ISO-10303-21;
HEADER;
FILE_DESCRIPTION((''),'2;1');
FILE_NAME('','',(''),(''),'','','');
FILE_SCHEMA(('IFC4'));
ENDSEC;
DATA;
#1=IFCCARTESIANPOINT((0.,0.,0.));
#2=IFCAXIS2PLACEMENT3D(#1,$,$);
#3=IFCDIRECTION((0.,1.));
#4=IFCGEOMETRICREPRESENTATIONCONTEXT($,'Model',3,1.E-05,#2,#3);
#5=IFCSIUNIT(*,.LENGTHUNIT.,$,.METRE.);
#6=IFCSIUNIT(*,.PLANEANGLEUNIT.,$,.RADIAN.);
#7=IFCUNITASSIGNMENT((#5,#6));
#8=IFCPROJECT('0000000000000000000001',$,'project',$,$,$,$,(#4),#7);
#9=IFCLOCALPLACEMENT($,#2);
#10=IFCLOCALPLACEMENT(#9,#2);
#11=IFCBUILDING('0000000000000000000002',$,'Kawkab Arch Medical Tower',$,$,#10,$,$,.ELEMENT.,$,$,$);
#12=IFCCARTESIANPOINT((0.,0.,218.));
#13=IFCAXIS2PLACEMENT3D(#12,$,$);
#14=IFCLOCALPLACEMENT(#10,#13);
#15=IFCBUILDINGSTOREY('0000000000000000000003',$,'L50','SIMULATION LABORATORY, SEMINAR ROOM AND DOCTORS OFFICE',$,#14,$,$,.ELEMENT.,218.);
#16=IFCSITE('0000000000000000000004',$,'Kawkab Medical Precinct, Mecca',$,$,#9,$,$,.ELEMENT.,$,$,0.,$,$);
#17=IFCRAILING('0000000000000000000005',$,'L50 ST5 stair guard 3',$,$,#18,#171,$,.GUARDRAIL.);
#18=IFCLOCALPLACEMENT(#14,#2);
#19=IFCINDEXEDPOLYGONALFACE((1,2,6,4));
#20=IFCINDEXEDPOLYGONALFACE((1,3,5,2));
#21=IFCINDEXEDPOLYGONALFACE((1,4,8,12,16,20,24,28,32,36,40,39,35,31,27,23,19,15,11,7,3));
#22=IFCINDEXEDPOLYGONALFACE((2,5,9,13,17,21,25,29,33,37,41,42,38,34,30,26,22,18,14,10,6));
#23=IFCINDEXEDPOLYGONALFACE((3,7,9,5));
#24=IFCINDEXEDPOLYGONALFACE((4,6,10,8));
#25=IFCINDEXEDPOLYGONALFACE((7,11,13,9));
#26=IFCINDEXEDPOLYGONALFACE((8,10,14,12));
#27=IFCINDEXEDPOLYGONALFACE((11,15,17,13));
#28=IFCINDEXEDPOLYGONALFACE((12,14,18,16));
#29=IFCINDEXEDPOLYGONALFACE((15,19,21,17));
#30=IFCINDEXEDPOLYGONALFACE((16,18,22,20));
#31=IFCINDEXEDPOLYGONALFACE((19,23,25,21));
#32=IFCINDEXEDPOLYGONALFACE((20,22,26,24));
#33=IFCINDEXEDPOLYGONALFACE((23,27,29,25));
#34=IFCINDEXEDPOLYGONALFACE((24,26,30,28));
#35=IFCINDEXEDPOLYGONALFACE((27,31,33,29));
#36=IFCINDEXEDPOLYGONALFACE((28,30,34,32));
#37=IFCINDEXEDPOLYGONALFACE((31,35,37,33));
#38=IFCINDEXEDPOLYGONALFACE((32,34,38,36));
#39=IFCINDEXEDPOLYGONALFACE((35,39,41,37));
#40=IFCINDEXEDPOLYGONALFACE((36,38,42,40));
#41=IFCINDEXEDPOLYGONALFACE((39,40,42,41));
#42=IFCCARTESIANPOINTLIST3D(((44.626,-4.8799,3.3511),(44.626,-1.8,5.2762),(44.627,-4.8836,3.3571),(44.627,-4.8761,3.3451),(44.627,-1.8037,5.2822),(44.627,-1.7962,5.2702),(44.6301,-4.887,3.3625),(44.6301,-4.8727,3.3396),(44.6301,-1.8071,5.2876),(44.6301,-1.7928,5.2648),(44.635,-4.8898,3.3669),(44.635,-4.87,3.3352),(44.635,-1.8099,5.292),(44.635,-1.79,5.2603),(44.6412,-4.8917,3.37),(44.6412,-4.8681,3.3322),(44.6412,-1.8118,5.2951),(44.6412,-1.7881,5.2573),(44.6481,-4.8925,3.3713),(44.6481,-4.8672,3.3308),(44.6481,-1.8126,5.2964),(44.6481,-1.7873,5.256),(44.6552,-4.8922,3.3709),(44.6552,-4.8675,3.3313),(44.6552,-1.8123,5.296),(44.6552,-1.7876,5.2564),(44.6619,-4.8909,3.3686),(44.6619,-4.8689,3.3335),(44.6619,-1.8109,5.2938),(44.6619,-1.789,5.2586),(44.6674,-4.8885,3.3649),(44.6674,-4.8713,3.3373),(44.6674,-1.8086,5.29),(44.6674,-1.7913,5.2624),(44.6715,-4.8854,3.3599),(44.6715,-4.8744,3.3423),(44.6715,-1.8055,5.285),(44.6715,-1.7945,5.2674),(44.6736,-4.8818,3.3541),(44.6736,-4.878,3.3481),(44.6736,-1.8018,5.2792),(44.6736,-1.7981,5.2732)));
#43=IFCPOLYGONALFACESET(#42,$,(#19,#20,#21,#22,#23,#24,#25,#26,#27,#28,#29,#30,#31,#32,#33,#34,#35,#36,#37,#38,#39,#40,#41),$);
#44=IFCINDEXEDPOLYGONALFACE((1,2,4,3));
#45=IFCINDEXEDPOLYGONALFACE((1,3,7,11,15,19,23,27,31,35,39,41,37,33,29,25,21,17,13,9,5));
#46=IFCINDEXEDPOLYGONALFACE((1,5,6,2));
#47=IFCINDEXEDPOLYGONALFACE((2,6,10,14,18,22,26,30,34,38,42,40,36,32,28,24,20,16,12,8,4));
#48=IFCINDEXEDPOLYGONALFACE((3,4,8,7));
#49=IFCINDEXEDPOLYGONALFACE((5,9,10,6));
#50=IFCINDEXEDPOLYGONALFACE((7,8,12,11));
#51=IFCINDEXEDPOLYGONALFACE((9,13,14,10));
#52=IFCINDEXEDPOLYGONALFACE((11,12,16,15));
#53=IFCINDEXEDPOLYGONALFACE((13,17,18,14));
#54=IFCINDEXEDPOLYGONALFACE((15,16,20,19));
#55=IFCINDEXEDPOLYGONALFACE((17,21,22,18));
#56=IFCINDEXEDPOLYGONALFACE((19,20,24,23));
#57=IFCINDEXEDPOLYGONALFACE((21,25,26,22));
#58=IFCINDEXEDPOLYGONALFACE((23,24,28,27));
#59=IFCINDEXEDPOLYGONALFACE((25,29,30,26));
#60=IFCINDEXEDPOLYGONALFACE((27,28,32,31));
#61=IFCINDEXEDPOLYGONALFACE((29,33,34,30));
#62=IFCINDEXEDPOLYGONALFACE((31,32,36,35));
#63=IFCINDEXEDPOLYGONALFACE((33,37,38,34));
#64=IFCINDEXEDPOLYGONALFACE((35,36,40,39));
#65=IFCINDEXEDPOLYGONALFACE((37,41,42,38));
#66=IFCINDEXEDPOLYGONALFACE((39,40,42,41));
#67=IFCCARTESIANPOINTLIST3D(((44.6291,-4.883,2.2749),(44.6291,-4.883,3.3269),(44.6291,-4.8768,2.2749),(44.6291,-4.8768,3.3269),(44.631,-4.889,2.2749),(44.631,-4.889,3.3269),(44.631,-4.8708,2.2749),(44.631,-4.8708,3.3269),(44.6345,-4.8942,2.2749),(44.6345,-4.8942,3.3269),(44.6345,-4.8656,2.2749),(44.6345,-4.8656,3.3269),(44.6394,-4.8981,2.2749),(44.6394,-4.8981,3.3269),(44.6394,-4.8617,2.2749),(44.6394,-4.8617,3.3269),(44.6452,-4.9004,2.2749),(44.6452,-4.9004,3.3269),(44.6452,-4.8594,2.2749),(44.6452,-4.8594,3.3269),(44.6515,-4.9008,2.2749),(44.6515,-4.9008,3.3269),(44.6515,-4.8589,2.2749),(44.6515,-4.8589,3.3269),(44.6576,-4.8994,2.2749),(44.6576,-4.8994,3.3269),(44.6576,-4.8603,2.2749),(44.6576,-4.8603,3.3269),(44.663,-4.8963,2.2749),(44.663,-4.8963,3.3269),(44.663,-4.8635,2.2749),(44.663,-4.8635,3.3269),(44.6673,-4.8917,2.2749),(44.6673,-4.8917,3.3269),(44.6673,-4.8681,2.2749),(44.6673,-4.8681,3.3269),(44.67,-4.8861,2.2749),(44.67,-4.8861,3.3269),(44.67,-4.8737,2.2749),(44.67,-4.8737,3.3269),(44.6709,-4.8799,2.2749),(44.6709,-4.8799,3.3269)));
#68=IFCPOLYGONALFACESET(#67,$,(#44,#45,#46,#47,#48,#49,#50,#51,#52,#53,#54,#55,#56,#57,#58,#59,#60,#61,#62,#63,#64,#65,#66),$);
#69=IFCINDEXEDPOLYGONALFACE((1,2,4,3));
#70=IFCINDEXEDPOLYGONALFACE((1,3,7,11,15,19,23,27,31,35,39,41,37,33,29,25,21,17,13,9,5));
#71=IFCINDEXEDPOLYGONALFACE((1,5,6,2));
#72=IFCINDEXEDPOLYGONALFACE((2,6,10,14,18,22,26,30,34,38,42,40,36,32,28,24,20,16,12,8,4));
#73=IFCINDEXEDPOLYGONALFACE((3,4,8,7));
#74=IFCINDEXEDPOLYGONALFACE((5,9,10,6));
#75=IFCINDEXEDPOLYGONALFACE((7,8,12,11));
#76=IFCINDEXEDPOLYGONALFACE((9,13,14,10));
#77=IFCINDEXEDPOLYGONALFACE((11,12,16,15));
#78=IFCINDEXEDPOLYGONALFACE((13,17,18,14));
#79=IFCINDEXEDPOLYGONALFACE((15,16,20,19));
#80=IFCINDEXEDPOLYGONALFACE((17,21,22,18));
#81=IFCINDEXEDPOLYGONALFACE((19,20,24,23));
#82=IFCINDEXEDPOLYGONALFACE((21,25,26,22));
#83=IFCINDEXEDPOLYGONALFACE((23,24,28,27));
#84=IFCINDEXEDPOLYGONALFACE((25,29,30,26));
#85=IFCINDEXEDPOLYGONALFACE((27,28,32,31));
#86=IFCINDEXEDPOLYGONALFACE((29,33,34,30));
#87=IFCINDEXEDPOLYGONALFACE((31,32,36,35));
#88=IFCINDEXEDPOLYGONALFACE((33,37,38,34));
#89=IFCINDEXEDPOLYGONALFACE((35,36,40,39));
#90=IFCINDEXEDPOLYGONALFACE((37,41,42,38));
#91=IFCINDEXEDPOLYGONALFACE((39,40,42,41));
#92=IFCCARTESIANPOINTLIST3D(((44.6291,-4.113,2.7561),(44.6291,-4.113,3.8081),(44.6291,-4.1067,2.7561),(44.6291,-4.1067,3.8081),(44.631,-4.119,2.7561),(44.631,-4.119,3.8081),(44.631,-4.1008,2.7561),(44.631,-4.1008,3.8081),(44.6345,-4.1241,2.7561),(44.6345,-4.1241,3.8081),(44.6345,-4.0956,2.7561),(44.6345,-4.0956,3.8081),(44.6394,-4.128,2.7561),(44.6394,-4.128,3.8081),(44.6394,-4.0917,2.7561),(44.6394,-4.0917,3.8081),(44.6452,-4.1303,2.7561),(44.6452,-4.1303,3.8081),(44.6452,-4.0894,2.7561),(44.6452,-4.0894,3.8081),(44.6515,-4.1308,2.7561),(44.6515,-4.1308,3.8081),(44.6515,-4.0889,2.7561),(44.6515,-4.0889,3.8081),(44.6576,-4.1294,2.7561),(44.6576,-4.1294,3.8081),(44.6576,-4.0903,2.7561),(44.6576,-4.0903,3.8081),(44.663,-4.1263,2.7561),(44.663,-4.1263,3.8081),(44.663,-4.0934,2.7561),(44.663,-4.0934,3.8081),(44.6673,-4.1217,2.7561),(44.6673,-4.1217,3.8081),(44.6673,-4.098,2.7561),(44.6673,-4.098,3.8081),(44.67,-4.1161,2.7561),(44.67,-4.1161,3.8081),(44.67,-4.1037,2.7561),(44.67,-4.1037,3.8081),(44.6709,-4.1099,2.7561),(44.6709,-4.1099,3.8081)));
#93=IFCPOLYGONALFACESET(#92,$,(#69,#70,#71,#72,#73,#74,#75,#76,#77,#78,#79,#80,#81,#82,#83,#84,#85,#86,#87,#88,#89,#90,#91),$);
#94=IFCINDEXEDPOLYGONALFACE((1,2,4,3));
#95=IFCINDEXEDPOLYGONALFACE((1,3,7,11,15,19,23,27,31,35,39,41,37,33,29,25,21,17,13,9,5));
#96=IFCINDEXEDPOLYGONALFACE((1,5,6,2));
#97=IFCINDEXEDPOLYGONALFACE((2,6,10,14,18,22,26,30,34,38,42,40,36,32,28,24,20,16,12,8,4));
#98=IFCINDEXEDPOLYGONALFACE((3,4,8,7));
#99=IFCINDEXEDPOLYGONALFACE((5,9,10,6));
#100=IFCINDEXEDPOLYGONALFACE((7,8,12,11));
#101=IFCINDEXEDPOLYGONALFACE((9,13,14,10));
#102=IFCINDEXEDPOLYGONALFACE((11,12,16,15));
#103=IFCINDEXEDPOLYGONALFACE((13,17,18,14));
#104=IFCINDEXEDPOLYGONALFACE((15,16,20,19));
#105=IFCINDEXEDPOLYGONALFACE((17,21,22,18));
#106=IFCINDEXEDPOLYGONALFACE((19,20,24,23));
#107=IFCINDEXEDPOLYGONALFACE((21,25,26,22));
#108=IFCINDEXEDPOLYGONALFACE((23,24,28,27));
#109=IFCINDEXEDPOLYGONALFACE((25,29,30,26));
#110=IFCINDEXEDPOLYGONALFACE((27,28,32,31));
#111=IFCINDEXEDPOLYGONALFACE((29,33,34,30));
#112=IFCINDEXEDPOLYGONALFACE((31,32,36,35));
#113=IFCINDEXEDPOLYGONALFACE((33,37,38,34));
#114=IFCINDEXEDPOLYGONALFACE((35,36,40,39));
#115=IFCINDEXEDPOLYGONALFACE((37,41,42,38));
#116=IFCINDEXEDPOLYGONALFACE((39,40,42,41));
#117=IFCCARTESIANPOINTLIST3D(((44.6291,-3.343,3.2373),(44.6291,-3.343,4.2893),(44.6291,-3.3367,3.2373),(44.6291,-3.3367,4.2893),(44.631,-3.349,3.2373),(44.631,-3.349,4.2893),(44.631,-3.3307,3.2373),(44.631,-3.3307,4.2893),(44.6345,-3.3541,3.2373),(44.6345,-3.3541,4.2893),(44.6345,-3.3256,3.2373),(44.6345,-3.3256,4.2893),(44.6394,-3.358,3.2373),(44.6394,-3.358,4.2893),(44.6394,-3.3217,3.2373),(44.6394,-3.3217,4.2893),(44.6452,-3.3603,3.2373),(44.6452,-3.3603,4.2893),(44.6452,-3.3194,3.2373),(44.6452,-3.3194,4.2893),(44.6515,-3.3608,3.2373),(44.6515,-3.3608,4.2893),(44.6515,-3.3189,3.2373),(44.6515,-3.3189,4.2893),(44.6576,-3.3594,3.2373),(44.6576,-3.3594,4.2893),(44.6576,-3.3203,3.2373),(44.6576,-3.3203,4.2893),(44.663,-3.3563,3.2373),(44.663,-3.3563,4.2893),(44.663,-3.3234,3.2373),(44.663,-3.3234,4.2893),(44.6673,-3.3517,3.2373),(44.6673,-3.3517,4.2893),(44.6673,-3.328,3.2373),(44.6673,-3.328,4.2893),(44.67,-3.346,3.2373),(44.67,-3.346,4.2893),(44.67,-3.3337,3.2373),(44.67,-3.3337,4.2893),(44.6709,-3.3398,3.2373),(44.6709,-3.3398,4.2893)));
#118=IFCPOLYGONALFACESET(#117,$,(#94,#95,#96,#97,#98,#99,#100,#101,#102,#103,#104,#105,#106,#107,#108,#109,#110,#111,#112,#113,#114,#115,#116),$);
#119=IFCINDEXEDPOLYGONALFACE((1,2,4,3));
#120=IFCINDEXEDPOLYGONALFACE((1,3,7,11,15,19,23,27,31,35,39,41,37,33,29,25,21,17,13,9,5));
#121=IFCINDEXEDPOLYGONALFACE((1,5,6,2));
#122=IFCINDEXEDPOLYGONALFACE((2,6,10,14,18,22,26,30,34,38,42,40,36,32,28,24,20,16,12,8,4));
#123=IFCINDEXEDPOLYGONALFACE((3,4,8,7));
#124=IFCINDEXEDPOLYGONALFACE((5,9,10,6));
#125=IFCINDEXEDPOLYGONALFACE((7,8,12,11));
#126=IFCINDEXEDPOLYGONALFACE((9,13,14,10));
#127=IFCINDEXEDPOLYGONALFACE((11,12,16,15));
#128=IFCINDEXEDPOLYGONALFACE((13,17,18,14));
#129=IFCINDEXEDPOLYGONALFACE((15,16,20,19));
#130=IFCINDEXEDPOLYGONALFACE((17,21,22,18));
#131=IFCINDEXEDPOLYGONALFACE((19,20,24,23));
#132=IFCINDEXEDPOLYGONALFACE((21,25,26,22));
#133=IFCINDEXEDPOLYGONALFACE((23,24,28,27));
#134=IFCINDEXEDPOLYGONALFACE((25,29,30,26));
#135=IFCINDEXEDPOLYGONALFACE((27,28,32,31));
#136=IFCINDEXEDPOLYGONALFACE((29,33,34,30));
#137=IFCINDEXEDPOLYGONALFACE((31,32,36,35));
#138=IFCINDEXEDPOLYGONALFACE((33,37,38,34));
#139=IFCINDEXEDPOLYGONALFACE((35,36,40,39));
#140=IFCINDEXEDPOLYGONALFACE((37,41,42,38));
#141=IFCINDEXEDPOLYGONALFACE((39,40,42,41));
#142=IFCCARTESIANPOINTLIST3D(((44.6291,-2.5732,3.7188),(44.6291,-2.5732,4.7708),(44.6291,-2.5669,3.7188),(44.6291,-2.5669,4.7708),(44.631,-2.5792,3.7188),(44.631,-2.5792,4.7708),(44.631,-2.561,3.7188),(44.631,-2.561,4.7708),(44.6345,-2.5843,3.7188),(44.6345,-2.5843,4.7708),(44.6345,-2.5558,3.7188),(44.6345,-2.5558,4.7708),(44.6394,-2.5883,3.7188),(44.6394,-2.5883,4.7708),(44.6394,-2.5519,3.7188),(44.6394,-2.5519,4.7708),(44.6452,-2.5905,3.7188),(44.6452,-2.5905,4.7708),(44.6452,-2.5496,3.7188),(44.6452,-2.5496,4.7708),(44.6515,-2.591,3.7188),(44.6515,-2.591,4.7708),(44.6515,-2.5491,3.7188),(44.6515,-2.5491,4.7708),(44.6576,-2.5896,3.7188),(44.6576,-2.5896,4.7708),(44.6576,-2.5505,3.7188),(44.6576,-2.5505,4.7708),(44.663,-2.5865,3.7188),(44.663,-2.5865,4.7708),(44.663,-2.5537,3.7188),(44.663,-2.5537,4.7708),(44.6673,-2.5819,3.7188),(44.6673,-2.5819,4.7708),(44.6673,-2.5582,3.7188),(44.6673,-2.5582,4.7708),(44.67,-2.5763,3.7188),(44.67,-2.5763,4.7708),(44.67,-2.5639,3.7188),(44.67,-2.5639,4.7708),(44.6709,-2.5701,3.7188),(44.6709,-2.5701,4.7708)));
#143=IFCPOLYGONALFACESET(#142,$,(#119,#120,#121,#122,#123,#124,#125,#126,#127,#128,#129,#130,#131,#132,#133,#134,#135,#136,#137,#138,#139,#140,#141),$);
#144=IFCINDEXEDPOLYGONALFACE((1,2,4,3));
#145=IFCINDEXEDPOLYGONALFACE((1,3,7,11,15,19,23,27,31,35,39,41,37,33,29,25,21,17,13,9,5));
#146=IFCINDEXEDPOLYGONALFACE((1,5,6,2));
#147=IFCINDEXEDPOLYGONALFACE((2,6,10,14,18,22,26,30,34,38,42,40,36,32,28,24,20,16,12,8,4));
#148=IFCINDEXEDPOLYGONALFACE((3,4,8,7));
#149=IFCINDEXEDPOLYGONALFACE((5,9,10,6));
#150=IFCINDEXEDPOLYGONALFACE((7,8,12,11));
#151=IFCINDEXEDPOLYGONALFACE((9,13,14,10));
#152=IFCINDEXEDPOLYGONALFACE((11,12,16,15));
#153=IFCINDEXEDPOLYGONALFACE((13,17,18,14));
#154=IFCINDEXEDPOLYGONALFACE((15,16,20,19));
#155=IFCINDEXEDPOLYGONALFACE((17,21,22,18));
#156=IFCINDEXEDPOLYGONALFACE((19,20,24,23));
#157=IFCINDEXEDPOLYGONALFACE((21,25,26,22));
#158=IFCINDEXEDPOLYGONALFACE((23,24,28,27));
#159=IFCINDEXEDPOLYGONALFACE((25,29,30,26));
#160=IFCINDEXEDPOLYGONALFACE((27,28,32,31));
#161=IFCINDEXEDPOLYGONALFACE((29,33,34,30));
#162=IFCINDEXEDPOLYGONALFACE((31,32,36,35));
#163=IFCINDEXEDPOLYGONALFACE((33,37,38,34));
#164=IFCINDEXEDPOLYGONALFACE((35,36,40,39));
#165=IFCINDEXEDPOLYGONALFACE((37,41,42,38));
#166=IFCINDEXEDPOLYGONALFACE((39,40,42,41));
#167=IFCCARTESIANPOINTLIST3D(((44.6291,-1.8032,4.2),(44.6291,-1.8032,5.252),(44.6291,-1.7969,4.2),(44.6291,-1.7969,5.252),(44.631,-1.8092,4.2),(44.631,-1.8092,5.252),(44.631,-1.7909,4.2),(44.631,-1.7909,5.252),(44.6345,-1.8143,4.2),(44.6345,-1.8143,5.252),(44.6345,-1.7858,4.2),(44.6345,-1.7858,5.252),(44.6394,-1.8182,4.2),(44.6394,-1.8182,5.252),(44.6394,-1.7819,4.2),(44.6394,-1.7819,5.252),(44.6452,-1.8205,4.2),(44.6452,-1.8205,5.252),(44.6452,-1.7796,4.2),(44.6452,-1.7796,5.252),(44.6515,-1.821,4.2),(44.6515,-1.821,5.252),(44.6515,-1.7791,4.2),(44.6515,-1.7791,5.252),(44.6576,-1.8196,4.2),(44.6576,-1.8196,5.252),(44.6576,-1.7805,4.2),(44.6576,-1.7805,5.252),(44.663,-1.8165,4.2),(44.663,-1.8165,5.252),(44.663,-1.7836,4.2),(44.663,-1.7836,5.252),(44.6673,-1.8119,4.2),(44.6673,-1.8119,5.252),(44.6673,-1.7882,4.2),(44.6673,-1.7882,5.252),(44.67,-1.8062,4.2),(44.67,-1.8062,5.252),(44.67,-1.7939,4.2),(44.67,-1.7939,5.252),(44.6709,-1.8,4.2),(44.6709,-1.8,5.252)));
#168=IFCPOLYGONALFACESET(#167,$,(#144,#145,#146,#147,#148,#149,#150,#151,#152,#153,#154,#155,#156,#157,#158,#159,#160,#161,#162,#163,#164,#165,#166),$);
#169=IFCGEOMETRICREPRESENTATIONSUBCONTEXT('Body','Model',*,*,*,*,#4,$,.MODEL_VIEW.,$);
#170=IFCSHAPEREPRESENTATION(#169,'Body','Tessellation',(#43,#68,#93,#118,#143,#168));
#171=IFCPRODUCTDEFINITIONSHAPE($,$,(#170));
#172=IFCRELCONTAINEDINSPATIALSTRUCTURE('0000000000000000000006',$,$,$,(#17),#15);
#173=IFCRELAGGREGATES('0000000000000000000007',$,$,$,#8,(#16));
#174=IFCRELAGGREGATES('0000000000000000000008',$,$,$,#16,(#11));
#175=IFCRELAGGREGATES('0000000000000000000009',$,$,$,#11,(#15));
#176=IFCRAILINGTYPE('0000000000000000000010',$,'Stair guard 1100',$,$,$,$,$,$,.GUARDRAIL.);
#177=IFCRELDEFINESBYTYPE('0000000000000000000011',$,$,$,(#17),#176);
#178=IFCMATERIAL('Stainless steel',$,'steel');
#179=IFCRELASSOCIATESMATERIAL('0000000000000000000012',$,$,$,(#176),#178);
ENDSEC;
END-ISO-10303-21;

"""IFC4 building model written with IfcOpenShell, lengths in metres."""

from ifc_helpers import new_model, si_unit, direction, frame, origin, origin_2d, place, context, subcontext, project, spatial, circle, extrude, material, type_object, element, save


model = new_model("IFC4")

# Units and contexts
model_context = context("Model", 3, precision=1e-05, world=origin(), true_north=direction((0.0, 1.0)))
body_context = subcontext(model_context, "Body", "Model", "MODEL_VIEW")
ifc_project = project(units=[si_unit("LENGTHUNIT", "METRE"), si_unit("PLANEANGLEUNIT", "RADIAN")], contexts=[model_context])

# Site, building, storey
site_placement = place(None, origin())
site = spatial("IfcSite", under=ifc_project, at=site_placement, Name="Kawkab Medical Precinct, Mecca", CompositionType="ELEMENT", RefElevation=0.0)
building_placement = place(site_placement, origin())
building = spatial("IfcBuilding", under=site, at=building_placement, Name="Kawkab Arch Medical Tower", CompositionType="ELEMENT")
storey_placement = place(building_placement, frame((0.0, 0.0, 218.0)))
storey = spatial("IfcBuildingStorey", under=building, at=storey_placement, Name="L50", Description="SIMULATION LABORATORY, SEMINAR ROOM AND DOCTORS OFFICE", CompositionType="ELEMENT", Elevation=218.0)

# Railing
ifc_material_1 = material(Name="Stainless steel", Category="steel")
railing_type_1 = type_object("IfcRailingType", Name="Stair guard 1100", PredefinedType="GUARDRAIL", material=ifc_material_1)
railing_1_placement = place(storey_placement, frame((44.6499, -4.8799, 2.2749)))
element("IfcRailing", 1, at=railing_1_placement, inside=storey, type_object=railing_type_1, Name="L50 ST5 stair guard 3", PredefinedType="GUARDRAIL", context=body_context, shape_type="SweptSolid", body=[
    extrude(circle(Radius=0.0239, at=origin_2d()), frame((0.0, 0.0, 1.0762), z_axis=(0.0, 0.847979, 0.530029), x_axis=(-1.0, 0.0, 0.0)), (0.0, 0.0, 1.0), 3.6321),
    extrude(circle(Radius=0.021, at=origin_2d()), origin(), (0.0, 0.0, 1.0), 1.052),
    extrude(circle(Radius=0.021, at=origin_2d()), frame((0.0, 0.77, 0.4812)), (0.0, 0.0, 1.0), 1.052),
    extrude(circle(Radius=0.021, at=origin_2d()), frame((0.0, 1.54, 0.9624)), (0.0, 0.0, 1.0), 1.052),
    extrude(circle(Radius=0.021, at=origin_2d()), frame((0.0, 2.3098, 1.4438)), (0.0, 0.0, 1.0), 1.052),
    extrude(circle(Radius=0.021, at=origin_2d()), frame((0.0, 3.0798, 1.925)), (0.0, 0.0, 1.0), 1.052),
])

save(model, "model.ifc")
